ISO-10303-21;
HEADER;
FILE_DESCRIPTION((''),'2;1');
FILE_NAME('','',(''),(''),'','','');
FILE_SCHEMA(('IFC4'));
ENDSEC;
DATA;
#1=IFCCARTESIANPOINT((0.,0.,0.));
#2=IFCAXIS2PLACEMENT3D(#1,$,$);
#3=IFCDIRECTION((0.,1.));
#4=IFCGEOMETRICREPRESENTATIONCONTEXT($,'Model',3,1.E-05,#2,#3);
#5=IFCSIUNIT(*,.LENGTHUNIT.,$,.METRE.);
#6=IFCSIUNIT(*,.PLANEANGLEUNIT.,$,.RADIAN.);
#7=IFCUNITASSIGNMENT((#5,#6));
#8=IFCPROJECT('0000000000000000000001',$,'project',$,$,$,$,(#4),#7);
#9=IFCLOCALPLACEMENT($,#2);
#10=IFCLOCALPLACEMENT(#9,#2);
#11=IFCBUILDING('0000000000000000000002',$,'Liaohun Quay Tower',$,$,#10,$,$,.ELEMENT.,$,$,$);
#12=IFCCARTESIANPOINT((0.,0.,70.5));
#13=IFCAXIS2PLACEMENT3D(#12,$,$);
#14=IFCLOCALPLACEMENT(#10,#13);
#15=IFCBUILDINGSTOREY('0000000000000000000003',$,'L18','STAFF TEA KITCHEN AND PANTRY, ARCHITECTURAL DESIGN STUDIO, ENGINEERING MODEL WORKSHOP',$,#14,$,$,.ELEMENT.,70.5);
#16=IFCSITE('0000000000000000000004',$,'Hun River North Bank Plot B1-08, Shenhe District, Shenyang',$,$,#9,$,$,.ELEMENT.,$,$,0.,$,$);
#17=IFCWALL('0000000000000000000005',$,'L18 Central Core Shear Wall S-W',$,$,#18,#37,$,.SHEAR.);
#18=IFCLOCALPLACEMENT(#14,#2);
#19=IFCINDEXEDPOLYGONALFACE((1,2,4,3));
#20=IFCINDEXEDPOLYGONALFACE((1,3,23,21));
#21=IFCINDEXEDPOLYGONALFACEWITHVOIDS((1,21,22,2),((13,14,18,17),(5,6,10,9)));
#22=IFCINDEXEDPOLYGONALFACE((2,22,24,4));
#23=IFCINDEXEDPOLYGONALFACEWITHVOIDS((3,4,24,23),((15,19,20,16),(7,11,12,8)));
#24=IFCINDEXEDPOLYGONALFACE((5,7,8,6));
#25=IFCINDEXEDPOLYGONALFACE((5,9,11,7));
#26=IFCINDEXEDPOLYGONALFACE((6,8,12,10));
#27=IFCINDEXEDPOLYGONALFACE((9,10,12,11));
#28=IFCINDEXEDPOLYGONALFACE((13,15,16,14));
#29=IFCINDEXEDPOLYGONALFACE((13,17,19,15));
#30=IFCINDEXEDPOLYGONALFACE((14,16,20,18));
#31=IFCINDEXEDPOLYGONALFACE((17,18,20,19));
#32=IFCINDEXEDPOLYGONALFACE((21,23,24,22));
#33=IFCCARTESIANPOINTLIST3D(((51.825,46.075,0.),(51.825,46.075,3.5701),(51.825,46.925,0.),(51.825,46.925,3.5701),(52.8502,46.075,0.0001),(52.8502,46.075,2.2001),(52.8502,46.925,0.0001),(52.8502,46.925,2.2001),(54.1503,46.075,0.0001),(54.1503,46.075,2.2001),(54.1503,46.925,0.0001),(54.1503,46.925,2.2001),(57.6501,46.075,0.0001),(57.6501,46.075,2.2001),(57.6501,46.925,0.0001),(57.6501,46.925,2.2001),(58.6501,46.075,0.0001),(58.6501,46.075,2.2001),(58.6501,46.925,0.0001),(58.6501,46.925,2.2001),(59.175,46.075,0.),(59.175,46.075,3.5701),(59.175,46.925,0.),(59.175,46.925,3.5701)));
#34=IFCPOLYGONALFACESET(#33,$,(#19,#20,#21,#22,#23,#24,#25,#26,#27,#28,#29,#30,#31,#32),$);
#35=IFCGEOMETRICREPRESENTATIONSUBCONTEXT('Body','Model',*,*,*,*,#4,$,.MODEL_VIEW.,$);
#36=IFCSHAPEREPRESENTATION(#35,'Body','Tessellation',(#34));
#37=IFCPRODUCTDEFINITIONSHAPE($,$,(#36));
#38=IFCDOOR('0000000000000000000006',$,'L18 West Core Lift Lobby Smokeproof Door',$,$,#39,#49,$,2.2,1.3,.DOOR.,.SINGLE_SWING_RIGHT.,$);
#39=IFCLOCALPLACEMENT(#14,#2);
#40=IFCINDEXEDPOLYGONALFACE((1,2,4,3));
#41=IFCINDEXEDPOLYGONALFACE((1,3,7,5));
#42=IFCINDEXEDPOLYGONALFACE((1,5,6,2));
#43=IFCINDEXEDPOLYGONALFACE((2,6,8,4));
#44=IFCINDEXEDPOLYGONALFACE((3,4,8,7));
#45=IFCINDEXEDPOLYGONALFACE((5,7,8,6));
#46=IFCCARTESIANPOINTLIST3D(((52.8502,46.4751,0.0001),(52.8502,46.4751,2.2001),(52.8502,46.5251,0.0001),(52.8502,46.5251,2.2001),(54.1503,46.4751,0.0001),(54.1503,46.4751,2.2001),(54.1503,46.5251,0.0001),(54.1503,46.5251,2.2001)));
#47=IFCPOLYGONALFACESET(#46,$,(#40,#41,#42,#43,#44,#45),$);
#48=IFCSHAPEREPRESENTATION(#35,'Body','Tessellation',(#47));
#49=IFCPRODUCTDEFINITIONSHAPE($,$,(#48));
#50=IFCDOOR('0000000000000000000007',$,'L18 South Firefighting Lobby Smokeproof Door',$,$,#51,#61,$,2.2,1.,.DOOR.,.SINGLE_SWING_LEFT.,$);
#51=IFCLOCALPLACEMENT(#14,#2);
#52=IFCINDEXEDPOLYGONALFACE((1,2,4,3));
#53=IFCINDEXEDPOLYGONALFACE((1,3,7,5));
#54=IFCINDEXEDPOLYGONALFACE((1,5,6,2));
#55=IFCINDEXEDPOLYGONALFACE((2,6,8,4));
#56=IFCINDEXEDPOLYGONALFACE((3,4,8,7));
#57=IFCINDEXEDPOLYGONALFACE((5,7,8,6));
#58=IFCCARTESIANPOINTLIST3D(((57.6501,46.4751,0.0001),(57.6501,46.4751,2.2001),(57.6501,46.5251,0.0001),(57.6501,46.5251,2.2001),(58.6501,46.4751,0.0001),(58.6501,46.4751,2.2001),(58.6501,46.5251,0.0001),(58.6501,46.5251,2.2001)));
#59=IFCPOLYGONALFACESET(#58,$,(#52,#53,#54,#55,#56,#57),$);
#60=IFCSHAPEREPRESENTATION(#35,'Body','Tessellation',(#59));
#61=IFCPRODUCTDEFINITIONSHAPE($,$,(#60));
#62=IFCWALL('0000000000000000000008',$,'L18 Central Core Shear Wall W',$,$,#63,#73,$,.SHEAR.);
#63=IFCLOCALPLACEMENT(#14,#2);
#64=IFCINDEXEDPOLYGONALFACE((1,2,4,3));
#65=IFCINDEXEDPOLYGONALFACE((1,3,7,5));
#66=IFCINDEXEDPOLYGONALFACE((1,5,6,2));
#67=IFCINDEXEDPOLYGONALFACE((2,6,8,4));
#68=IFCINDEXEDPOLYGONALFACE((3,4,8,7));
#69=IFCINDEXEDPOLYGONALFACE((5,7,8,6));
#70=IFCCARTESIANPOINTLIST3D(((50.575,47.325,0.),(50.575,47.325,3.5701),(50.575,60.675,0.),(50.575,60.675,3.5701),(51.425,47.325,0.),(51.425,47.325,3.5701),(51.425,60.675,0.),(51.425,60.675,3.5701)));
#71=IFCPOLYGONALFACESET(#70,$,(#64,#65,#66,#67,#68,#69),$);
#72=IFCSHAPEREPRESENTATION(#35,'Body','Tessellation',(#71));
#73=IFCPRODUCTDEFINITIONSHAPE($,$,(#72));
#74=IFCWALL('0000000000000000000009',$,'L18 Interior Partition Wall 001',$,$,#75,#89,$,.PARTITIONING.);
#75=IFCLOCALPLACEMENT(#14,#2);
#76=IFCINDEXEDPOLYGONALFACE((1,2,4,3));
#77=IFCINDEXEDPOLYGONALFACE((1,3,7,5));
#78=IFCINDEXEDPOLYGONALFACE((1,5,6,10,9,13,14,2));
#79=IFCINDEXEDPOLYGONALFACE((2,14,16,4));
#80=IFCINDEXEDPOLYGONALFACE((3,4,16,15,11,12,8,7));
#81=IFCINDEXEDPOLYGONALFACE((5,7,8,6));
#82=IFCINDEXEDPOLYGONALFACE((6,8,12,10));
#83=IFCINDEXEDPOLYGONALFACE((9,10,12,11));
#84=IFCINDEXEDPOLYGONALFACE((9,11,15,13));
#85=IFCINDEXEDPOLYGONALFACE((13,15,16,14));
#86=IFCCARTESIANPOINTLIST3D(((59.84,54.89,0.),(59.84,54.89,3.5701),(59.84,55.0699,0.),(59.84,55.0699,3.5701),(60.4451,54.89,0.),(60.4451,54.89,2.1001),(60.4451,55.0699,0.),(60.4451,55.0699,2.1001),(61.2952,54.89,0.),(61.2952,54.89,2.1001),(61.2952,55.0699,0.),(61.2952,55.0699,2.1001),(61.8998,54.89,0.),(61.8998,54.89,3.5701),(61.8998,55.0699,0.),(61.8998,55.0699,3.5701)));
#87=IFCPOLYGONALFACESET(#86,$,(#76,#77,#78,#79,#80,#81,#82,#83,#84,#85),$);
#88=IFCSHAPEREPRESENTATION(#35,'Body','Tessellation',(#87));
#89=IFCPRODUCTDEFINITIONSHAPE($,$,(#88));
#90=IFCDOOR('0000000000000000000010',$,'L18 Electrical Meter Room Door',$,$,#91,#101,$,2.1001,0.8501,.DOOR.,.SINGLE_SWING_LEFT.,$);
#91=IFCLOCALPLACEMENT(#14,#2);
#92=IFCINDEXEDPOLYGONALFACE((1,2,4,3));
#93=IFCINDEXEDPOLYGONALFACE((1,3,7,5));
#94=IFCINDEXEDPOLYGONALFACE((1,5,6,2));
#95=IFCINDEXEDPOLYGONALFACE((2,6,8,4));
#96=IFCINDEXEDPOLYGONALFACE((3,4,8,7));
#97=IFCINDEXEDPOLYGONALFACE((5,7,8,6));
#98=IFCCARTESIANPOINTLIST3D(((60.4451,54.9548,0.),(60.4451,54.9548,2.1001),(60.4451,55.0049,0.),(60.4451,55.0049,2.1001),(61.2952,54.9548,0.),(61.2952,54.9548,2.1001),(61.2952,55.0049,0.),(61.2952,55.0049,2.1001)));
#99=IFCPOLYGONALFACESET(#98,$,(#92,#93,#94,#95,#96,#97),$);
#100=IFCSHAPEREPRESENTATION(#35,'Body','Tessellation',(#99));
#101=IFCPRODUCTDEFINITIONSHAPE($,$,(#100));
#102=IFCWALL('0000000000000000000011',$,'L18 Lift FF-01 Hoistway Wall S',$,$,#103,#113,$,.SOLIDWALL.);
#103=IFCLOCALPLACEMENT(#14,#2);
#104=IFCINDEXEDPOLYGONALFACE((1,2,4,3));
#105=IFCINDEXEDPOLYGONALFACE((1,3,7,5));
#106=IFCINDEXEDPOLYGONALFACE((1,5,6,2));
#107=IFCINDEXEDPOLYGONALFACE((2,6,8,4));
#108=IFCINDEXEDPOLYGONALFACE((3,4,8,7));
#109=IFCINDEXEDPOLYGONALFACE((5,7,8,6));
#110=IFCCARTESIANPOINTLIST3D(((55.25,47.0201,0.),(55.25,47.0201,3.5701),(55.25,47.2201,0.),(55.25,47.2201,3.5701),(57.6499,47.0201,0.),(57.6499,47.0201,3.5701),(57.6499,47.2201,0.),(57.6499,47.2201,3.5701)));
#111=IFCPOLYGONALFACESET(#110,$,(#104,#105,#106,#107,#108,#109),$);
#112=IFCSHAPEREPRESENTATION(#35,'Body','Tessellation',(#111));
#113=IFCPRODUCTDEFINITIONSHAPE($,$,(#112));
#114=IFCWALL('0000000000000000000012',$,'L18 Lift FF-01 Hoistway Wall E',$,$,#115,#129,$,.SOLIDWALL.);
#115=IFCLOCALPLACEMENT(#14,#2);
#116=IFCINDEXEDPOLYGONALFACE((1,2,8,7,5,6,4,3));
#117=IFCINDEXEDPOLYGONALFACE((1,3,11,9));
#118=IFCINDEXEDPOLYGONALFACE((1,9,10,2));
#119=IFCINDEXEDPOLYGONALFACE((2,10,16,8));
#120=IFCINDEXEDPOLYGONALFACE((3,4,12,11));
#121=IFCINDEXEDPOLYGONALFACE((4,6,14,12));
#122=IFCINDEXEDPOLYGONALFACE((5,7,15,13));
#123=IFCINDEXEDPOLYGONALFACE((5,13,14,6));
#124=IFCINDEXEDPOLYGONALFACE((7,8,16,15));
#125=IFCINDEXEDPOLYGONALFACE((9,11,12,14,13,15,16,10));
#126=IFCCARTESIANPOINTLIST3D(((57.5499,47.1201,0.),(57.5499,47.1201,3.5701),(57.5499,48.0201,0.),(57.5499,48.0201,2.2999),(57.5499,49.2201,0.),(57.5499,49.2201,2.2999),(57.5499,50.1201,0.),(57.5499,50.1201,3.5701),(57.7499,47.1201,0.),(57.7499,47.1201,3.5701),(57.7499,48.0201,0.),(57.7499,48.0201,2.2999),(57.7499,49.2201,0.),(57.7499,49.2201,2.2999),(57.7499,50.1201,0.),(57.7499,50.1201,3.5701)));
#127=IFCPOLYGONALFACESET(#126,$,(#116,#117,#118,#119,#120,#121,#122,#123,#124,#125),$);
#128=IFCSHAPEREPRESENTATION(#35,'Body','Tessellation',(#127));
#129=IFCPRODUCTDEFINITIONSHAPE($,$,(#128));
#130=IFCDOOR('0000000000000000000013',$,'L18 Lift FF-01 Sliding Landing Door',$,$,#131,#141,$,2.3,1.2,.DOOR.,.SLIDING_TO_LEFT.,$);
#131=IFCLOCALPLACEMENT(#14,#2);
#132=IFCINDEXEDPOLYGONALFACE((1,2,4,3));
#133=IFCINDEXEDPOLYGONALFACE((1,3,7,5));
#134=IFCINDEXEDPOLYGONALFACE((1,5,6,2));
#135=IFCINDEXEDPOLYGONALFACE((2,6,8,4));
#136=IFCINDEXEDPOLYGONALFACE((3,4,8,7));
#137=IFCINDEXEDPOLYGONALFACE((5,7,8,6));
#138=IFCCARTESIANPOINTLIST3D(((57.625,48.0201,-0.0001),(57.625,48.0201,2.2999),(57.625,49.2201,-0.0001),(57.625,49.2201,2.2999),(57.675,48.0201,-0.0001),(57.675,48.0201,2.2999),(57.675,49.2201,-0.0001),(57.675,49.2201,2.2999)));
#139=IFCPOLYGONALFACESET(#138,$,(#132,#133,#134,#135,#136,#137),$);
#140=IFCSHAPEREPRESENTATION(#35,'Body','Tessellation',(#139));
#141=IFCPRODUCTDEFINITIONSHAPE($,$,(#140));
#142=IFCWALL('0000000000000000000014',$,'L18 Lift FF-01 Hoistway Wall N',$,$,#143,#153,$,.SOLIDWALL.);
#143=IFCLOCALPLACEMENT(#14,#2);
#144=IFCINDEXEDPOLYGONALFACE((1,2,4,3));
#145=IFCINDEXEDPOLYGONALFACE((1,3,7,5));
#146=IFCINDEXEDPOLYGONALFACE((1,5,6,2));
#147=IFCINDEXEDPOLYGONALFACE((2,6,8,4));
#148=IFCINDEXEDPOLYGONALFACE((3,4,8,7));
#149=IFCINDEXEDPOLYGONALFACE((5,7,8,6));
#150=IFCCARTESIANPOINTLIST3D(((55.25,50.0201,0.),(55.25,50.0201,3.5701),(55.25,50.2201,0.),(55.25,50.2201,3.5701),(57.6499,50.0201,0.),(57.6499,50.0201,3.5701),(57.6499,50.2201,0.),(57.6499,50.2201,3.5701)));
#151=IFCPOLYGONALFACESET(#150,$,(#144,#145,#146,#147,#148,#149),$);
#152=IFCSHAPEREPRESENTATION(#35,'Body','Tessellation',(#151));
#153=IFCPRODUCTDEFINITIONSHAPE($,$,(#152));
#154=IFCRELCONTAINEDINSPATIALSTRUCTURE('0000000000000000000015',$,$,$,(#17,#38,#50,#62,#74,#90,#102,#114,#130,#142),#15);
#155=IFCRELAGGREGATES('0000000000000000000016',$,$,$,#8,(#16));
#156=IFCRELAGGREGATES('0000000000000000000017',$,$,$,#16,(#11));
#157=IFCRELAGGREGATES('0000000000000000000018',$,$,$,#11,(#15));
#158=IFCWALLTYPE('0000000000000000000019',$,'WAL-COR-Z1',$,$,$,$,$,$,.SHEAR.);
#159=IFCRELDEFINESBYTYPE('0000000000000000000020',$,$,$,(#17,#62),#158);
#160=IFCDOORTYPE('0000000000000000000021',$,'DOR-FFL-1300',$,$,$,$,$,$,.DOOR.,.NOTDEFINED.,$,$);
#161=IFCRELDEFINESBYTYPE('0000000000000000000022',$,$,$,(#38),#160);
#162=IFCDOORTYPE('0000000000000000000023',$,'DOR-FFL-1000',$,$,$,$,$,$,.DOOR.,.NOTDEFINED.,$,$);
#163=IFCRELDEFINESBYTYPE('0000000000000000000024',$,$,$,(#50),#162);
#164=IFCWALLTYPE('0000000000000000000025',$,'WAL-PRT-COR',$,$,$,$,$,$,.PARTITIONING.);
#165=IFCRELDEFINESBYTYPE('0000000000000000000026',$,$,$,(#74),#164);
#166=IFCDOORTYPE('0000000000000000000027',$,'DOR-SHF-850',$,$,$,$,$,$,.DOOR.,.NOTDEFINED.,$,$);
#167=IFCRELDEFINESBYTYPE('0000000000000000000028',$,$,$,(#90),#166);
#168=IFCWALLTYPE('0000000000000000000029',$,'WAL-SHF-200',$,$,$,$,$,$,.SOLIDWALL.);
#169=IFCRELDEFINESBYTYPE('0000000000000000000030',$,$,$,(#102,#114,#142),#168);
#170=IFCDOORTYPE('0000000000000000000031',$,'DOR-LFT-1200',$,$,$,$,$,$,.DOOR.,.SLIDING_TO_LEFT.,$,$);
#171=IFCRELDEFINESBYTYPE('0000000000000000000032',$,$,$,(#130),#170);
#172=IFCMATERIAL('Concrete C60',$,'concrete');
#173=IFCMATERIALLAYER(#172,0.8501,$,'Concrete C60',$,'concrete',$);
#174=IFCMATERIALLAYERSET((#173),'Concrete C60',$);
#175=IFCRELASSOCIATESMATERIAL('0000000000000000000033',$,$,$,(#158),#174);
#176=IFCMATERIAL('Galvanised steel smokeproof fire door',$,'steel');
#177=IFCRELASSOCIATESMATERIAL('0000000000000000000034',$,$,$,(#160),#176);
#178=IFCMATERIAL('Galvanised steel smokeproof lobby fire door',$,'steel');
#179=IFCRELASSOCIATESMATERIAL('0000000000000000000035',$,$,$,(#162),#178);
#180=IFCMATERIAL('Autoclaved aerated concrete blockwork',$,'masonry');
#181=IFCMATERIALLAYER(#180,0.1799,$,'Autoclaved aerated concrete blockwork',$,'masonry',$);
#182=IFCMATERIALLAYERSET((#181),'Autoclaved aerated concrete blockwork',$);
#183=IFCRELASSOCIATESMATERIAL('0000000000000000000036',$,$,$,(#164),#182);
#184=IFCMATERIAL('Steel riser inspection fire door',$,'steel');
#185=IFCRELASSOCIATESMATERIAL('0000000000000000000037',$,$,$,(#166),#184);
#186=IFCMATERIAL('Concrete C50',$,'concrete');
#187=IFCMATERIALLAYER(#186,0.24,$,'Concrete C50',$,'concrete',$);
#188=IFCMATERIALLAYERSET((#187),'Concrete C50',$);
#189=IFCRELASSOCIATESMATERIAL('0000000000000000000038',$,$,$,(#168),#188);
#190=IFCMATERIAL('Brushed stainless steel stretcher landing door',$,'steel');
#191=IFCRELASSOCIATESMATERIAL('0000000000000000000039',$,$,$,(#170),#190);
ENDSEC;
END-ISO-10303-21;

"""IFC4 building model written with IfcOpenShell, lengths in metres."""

from ifc_helpers import new_model, si_unit, direction, frame, frame_2d, origin, place, context, subcontext, project, spatial, rectangle, extrude, source, transform, mapped, material, layer, layer_set, type_object, element, fill, save


model = new_model("IFC4")

# Units and contexts
model_context = context("Model", 3, precision=1e-05, world=origin(), true_north=direction((0.0, 1.0)))
body_context = subcontext(model_context, "Body", "Model", "MODEL_VIEW")
ifc_project = project(units=[si_unit("LENGTHUNIT", "METRE"), si_unit("PLANEANGLEUNIT", "RADIAN")], contexts=[model_context])

# Site, building, storey
site_placement = place(None, origin())
site = spatial("IfcSite", under=ifc_project, at=site_placement, Name="Hun River North Bank Plot B1-08, Shenhe District, Shenyang", CompositionType="ELEMENT", RefElevation=0.0)
building_placement = place(site_placement, origin())
building = spatial("IfcBuilding", under=site, at=building_placement, Name="Liaohun Quay Tower", CompositionType="ELEMENT")
storey_placement = place(building_placement, frame((0.0, 0.0, 70.5)))
storey = spatial("IfcBuildingStorey", under=building, at=storey_placement, Name="L18", Description="STAFF TEA KITCHEN AND PANTRY, ARCHITECTURAL DESIGN STUDIO, ENGINEERING MODEL WORKSHOP", CompositionType="ELEMENT", Elevation=70.5)

# Wall, openings, doors
ifc_material_1 = material(Name="Concrete C60", Category="concrete")
ifc_layer_1 = layer(ifc_material_1, 0.8501, Name="Concrete C60", Category="concrete")
ifc_layer_set_1 = layer_set([ifc_layer_1], Name="Concrete C60")
wall_type_1 = type_object("IfcWallType", Name="WAL-COR-Z1", PredefinedType="SHEAR", material=ifc_layer_set_1)
wall_1_placement = place(storey_placement, frame((59.175, 46.5, 0.0), z_axis=(0.0, 0.0, 1.0), x_axis=(-1.0, 0.0, 0.0)))
wall_1 = element("IfcWall", 1, at=wall_1_placement, inside=storey, type_object=wall_type_1, Name="L18 Central Core Shear Wall S-W", PredefinedType="SHEAR", context=body_context, shape_type="SweptSolid", body=[
    extrude(rectangle(XDim=7.3501, YDim=0.8501, at=frame_2d((3.675, 0.0))), origin(), (0.0, 0.0, 1.0), 3.5701),
])
shared_shape_1 = source(origin(), body_context, "Body", "SweptSolid", [
    extrude(rectangle(XDim=1.3, YDim=2.2, at=frame_2d((0.6499, 1.1001))), frame((0.0, 0.4351, 0.0), z_axis=(0.0, -1.0, 0.0), x_axis=(1.0, 0.0, 0.0)), (0.0, 0.0, 1.0), 0.8701),
])
opening_1_placement = place(wall_1_placement, frame((5.0249, 0.0, 0.0)))
opening_1 = element("IfcOpeningElement", 2, at=opening_1_placement, cuts=wall_1, PredefinedType="OPENING", context=body_context, shape_type="MappedRepresentation", body=[
    mapped(shared_shape_1, transform((0.0, 0.0, 0.0), x_axis=(1.0, 0.0, 0.0), y_axis=(0.0, 1.0, 0.0), z_axis=(0.0, 0.0, 1.0), scale=1.0)),
])
shared_shape_2 = source(origin(), body_context, "Body", "SweptSolid", [
    extrude(rectangle(XDim=1.0, YDim=2.2, at=frame_2d((0.5, 1.1001))), frame((0.0, 0.4351, 0.0), z_axis=(0.0, -1.0, 0.0), x_axis=(1.0, 0.0, 0.0)), (0.0, 0.0, 1.0), 0.8701),
])
opening_2_placement = place(wall_1_placement, frame((0.5249, 0.0, 0.0)))
opening_2 = element("IfcOpeningElement", 3, at=opening_2_placement, cuts=wall_1, PredefinedType="OPENING", context=body_context, shape_type="MappedRepresentation", body=[
    mapped(shared_shape_2, transform((0.0, 0.0, 0.0), x_axis=(1.0, 0.0, 0.0), y_axis=(0.0, 1.0, 0.0), z_axis=(0.0, 0.0, 1.0), scale=1.0)),
])
ifc_material_2 = material(Name="Galvanised steel smokeproof fire door", Category="steel")
door_type_1 = type_object("IfcDoorType", Name="DOR-FFL-1300", OperationType="NOTDEFINED", PredefinedType="DOOR", material=ifc_material_2)
shared_shape_3 = source(origin(), body_context, "Body", "SweptSolid", [
    extrude(rectangle(XDim=1.3, YDim=2.2, at=frame_2d((0.6499, 1.1001))), frame((0.0, 0.0249, 0.0), z_axis=(0.0, -1.0, 0.0), x_axis=(1.0, 0.0, 0.0)), (0.0, 0.0, 1.0), 0.05),
])
door_1_placement = place(opening_1_placement, origin())
door_1 = element("IfcDoor", 4, at=door_1_placement, inside=storey, type_object=door_type_1, Name="L18 West Core Lift Lobby Smokeproof Door", OperationType="SINGLE_SWING_RIGHT", OverallHeight=2.2, OverallWidth=1.3, PredefinedType="DOOR", context=body_context, shape_type="MappedRepresentation", body=[
    mapped(shared_shape_3, transform((0.0, 0.0, 0.0), x_axis=(1.0, 0.0, 0.0), y_axis=(0.0, 1.0, 0.0), z_axis=(0.0, 0.0, 1.0), scale=1.0)),
])
fill(opening_1, door_1)
ifc_material_3 = material(Name="Galvanised steel smokeproof lobby fire door", Category="steel")
door_type_2 = type_object("IfcDoorType", Name="DOR-FFL-1000", OperationType="NOTDEFINED", PredefinedType="DOOR", material=ifc_material_3)
shared_shape_4 = source(origin(), body_context, "Body", "SweptSolid", [
    extrude(rectangle(XDim=1.0, YDim=2.2, at=frame_2d((0.5, 1.1001))), frame((0.0, 0.0249, 0.0), z_axis=(0.0, -1.0, 0.0), x_axis=(1.0, 0.0, 0.0)), (0.0, 0.0, 1.0), 0.05),
])
door_2_placement = place(opening_2_placement, origin())
door_2 = element("IfcDoor", 5, at=door_2_placement, inside=storey, type_object=door_type_2, Name="L18 South Firefighting Lobby Smokeproof Door", OperationType="SINGLE_SWING_LEFT", OverallHeight=2.2, OverallWidth=1.0, PredefinedType="DOOR", context=body_context, shape_type="MappedRepresentation", body=[
    mapped(shared_shape_4, transform((0.0, 0.0, 0.0), x_axis=(1.0, 0.0, 0.0), y_axis=(0.0, 1.0, 0.0), z_axis=(0.0, 0.0, 1.0), scale=1.0)),
])
fill(opening_2, door_2)

# Wall
wall_2_placement = place(storey_placement, frame((51.0, 47.325, 0.0), z_axis=(0.0, 0.0, 1.0), x_axis=(0.0, 1.0, 0.0)))
element("IfcWall", 6, at=wall_2_placement, inside=storey, type_object=wall_type_1, Name="L18 Central Core Shear Wall W", PredefinedType="SHEAR", context=body_context, shape_type="SweptSolid", body=[
    extrude(rectangle(XDim=13.3501, YDim=0.8501, at=frame_2d((6.675, 0.0))), origin(), (0.0, 0.0, 1.0), 3.5701),
])

# Wall, opening, door
ifc_material_4 = material(Name="Autoclaved aerated concrete blockwork", Category="masonry")
ifc_layer_2 = layer(ifc_material_4, 0.1799, Name="Autoclaved aerated concrete blockwork", Category="masonry")
ifc_layer_set_2 = layer_set([ifc_layer_2], Name="Autoclaved aerated concrete blockwork")
wall_type_2 = type_object("IfcWallType", Name="WAL-PRT-COR", PredefinedType="PARTITIONING", material=ifc_layer_set_2)
wall_3_placement = place(storey_placement, frame((59.8401, 54.98, 0.0), z_axis=(0.0, 0.0, 1.0), x_axis=(1.0, 0.0, 0.0)))
wall_3 = element("IfcWall", 7, at=wall_3_placement, inside=storey, type_object=wall_type_2, Name="L18 Interior Partition Wall 001", PredefinedType="PARTITIONING", context=body_context, shape_type="SweptSolid", body=[
    extrude(rectangle(XDim=2.0598, YDim=0.1799, at=frame_2d((1.0298, 0.0))), origin(), (0.0, 0.0, 1.0), 3.5701),
])
shared_shape_5 = source(origin(), body_context, "Body", "SweptSolid", [
    extrude(rectangle(XDim=0.8501, YDim=2.1001, at=frame_2d((0.425, 1.05))), frame((0.0, 0.0999, 0.0), z_axis=(0.0, -1.0, 0.0), x_axis=(1.0, 0.0, 0.0)), (0.0, 0.0, 1.0), 0.2),
])
opening_3_placement = place(wall_3_placement, frame((0.605, 0.0, 0.0)))
opening_3 = element("IfcOpeningElement", 8, at=opening_3_placement, cuts=wall_3, PredefinedType="OPENING", context=body_context, shape_type="MappedRepresentation", body=[
    mapped(shared_shape_5, transform((0.0, 0.0, 0.0), x_axis=(1.0, 0.0, 0.0), y_axis=(0.0, 1.0, 0.0), z_axis=(0.0, 0.0, 1.0), scale=1.0)),
])
ifc_material_5 = material(Name="Steel riser inspection fire door", Category="steel")
door_type_3 = type_object("IfcDoorType", Name="DOR-SHF-850", OperationType="NOTDEFINED", PredefinedType="DOOR", material=ifc_material_5)
shared_shape_6 = source(origin(), body_context, "Body", "SweptSolid", [
    extrude(rectangle(XDim=0.8501, YDim=2.1001, at=frame_2d((0.425, 1.05))), frame((0.0, 0.0249, 0.0), z_axis=(0.0, -1.0, 0.0), x_axis=(1.0, 0.0, 0.0)), (0.0, 0.0, 1.0), 0.05),
])
door_3_placement = place(opening_3_placement, origin())
door_3 = element("IfcDoor", 9, at=door_3_placement, inside=storey, type_object=door_type_3, Name="L18 Electrical Meter Room Door", OperationType="SINGLE_SWING_LEFT", OverallHeight=2.1001, OverallWidth=0.8501, PredefinedType="DOOR", context=body_context, shape_type="MappedRepresentation", body=[
    mapped(shared_shape_6, transform((0.0, 0.0, 0.0), x_axis=(1.0, 0.0, 0.0), y_axis=(0.0, 1.0, 0.0), z_axis=(0.0, 0.0, 1.0), scale=1.0)),
])
fill(opening_3, door_3)

# Wall
ifc_material_6 = material(Name="Concrete C50", Category="concrete")
ifc_layer_3 = layer(ifc_material_6, 0.24, Name="Concrete C50", Category="concrete")
ifc_layer_set_3 = layer_set([ifc_layer_3], Name="Concrete C50")
wall_type_3 = type_object("IfcWallType", Name="WAL-SHF-200", PredefinedType="SOLIDWALL", material=ifc_layer_set_3)
wall_4_placement = place(storey_placement, frame((55.25, 47.1201, 0.0), z_axis=(0.0, 0.0, 1.0), x_axis=(1.0, 0.0, 0.0)))
element("IfcWall", 10, at=wall_4_placement, inside=storey, type_object=wall_type_3, Name="L18 Lift FF-01 Hoistway Wall S", PredefinedType="SOLIDWALL", context=body_context, shape_type="SweptSolid", body=[
    extrude(rectangle(XDim=2.3999, YDim=0.2, at=frame_2d((1.2, 0.0))), origin(), (0.0, 0.0, 1.0), 3.5701),
])

# Wall, opening, door
wall_5_placement = place(storey_placement, frame((57.6499, 47.1201, 0.0), z_axis=(0.0, 0.0, 1.0), x_axis=(0.0, 1.0, 0.0)))
wall_5 = element("IfcWall", 11, at=wall_5_placement, inside=storey, type_object=wall_type_3, Name="L18 Lift FF-01 Hoistway Wall E", PredefinedType="SOLIDWALL", context=body_context, shape_type="SweptSolid", body=[
    extrude(rectangle(XDim=3.0, YDim=0.2, at=frame_2d((1.5, 0.0))), origin(), (0.0, 0.0, 1.0), 3.5701),
])
shared_shape_7 = source(origin(), body_context, "Body", "SweptSolid", [
    extrude(rectangle(XDim=1.2, YDim=2.3, at=frame_2d((0.6001, 1.1499))), frame((0.0, 0.1099, 0.0), z_axis=(0.0, -1.0, 0.0), x_axis=(1.0, 0.0, 0.0)), (0.0, 0.0, 1.0), 0.22),
])
opening_4_placement = place(wall_5_placement, frame((0.8999, 0.0, 0.0)))
opening_4 = element("IfcOpeningElement", 12, at=opening_4_placement, cuts=wall_5, PredefinedType="OPENING", context=body_context, shape_type="MappedRepresentation", body=[
    mapped(shared_shape_7, transform((0.0, 0.0, 0.0), x_axis=(1.0, 0.0, 0.0), y_axis=(0.0, 1.0, 0.0), z_axis=(0.0, 0.0, 1.0), scale=1.0)),
])
ifc_material_7 = material(Name="Brushed stainless steel stretcher landing door", Category="steel")
door_type_4 = type_object("IfcDoorType", Name="DOR-LFT-1200", OperationType="SLIDING_TO_LEFT", PredefinedType="DOOR", material=ifc_material_7)
shared_shape_8 = source(origin(), body_context, "Body", "SweptSolid", [
    extrude(rectangle(XDim=1.2, YDim=2.3, at=frame_2d((0.6001, 1.1499))), frame((0.0, 0.0249, 0.0), z_axis=(0.0, -1.0, 0.0), x_axis=(1.0, 0.0, 0.0)), (0.0, 0.0, 1.0), 0.05),
])
door_4_placement = place(opening_4_placement, origin())
door_4 = element("IfcDoor", 13, at=door_4_placement, inside=storey, type_object=door_type_4, Name="L18 Lift FF-01 Sliding Landing Door", OperationType="SLIDING_TO_LEFT", OverallHeight=2.3, OverallWidth=1.2, PredefinedType="DOOR", context=body_context, shape_type="MappedRepresentation", body=[
    mapped(shared_shape_8, transform((0.0, 0.0, 0.0), x_axis=(1.0, 0.0, 0.0), y_axis=(0.0, 1.0, 0.0), z_axis=(0.0, 0.0, 1.0), scale=1.0)),
])
fill(opening_4, door_4)

# Wall
wall_6_placement = place(storey_placement, frame((57.6499, 50.1201, 0.0), z_axis=(0.0, 0.0, 1.0), x_axis=(-1.0, 0.0, 0.0)))
element("IfcWall", 14, at=wall_6_placement, inside=storey, type_object=wall_type_3, Name="L18 Lift FF-01 Hoistway Wall N", PredefinedType="SOLIDWALL", context=body_context, shape_type="SweptSolid", body=[
    extrude(rectangle(XDim=2.3999, YDim=0.2, at=frame_2d((1.2, 0.0))), origin(), (0.0, 0.0, 1.0), 3.5701),
])

save(model, "model.ifc")
